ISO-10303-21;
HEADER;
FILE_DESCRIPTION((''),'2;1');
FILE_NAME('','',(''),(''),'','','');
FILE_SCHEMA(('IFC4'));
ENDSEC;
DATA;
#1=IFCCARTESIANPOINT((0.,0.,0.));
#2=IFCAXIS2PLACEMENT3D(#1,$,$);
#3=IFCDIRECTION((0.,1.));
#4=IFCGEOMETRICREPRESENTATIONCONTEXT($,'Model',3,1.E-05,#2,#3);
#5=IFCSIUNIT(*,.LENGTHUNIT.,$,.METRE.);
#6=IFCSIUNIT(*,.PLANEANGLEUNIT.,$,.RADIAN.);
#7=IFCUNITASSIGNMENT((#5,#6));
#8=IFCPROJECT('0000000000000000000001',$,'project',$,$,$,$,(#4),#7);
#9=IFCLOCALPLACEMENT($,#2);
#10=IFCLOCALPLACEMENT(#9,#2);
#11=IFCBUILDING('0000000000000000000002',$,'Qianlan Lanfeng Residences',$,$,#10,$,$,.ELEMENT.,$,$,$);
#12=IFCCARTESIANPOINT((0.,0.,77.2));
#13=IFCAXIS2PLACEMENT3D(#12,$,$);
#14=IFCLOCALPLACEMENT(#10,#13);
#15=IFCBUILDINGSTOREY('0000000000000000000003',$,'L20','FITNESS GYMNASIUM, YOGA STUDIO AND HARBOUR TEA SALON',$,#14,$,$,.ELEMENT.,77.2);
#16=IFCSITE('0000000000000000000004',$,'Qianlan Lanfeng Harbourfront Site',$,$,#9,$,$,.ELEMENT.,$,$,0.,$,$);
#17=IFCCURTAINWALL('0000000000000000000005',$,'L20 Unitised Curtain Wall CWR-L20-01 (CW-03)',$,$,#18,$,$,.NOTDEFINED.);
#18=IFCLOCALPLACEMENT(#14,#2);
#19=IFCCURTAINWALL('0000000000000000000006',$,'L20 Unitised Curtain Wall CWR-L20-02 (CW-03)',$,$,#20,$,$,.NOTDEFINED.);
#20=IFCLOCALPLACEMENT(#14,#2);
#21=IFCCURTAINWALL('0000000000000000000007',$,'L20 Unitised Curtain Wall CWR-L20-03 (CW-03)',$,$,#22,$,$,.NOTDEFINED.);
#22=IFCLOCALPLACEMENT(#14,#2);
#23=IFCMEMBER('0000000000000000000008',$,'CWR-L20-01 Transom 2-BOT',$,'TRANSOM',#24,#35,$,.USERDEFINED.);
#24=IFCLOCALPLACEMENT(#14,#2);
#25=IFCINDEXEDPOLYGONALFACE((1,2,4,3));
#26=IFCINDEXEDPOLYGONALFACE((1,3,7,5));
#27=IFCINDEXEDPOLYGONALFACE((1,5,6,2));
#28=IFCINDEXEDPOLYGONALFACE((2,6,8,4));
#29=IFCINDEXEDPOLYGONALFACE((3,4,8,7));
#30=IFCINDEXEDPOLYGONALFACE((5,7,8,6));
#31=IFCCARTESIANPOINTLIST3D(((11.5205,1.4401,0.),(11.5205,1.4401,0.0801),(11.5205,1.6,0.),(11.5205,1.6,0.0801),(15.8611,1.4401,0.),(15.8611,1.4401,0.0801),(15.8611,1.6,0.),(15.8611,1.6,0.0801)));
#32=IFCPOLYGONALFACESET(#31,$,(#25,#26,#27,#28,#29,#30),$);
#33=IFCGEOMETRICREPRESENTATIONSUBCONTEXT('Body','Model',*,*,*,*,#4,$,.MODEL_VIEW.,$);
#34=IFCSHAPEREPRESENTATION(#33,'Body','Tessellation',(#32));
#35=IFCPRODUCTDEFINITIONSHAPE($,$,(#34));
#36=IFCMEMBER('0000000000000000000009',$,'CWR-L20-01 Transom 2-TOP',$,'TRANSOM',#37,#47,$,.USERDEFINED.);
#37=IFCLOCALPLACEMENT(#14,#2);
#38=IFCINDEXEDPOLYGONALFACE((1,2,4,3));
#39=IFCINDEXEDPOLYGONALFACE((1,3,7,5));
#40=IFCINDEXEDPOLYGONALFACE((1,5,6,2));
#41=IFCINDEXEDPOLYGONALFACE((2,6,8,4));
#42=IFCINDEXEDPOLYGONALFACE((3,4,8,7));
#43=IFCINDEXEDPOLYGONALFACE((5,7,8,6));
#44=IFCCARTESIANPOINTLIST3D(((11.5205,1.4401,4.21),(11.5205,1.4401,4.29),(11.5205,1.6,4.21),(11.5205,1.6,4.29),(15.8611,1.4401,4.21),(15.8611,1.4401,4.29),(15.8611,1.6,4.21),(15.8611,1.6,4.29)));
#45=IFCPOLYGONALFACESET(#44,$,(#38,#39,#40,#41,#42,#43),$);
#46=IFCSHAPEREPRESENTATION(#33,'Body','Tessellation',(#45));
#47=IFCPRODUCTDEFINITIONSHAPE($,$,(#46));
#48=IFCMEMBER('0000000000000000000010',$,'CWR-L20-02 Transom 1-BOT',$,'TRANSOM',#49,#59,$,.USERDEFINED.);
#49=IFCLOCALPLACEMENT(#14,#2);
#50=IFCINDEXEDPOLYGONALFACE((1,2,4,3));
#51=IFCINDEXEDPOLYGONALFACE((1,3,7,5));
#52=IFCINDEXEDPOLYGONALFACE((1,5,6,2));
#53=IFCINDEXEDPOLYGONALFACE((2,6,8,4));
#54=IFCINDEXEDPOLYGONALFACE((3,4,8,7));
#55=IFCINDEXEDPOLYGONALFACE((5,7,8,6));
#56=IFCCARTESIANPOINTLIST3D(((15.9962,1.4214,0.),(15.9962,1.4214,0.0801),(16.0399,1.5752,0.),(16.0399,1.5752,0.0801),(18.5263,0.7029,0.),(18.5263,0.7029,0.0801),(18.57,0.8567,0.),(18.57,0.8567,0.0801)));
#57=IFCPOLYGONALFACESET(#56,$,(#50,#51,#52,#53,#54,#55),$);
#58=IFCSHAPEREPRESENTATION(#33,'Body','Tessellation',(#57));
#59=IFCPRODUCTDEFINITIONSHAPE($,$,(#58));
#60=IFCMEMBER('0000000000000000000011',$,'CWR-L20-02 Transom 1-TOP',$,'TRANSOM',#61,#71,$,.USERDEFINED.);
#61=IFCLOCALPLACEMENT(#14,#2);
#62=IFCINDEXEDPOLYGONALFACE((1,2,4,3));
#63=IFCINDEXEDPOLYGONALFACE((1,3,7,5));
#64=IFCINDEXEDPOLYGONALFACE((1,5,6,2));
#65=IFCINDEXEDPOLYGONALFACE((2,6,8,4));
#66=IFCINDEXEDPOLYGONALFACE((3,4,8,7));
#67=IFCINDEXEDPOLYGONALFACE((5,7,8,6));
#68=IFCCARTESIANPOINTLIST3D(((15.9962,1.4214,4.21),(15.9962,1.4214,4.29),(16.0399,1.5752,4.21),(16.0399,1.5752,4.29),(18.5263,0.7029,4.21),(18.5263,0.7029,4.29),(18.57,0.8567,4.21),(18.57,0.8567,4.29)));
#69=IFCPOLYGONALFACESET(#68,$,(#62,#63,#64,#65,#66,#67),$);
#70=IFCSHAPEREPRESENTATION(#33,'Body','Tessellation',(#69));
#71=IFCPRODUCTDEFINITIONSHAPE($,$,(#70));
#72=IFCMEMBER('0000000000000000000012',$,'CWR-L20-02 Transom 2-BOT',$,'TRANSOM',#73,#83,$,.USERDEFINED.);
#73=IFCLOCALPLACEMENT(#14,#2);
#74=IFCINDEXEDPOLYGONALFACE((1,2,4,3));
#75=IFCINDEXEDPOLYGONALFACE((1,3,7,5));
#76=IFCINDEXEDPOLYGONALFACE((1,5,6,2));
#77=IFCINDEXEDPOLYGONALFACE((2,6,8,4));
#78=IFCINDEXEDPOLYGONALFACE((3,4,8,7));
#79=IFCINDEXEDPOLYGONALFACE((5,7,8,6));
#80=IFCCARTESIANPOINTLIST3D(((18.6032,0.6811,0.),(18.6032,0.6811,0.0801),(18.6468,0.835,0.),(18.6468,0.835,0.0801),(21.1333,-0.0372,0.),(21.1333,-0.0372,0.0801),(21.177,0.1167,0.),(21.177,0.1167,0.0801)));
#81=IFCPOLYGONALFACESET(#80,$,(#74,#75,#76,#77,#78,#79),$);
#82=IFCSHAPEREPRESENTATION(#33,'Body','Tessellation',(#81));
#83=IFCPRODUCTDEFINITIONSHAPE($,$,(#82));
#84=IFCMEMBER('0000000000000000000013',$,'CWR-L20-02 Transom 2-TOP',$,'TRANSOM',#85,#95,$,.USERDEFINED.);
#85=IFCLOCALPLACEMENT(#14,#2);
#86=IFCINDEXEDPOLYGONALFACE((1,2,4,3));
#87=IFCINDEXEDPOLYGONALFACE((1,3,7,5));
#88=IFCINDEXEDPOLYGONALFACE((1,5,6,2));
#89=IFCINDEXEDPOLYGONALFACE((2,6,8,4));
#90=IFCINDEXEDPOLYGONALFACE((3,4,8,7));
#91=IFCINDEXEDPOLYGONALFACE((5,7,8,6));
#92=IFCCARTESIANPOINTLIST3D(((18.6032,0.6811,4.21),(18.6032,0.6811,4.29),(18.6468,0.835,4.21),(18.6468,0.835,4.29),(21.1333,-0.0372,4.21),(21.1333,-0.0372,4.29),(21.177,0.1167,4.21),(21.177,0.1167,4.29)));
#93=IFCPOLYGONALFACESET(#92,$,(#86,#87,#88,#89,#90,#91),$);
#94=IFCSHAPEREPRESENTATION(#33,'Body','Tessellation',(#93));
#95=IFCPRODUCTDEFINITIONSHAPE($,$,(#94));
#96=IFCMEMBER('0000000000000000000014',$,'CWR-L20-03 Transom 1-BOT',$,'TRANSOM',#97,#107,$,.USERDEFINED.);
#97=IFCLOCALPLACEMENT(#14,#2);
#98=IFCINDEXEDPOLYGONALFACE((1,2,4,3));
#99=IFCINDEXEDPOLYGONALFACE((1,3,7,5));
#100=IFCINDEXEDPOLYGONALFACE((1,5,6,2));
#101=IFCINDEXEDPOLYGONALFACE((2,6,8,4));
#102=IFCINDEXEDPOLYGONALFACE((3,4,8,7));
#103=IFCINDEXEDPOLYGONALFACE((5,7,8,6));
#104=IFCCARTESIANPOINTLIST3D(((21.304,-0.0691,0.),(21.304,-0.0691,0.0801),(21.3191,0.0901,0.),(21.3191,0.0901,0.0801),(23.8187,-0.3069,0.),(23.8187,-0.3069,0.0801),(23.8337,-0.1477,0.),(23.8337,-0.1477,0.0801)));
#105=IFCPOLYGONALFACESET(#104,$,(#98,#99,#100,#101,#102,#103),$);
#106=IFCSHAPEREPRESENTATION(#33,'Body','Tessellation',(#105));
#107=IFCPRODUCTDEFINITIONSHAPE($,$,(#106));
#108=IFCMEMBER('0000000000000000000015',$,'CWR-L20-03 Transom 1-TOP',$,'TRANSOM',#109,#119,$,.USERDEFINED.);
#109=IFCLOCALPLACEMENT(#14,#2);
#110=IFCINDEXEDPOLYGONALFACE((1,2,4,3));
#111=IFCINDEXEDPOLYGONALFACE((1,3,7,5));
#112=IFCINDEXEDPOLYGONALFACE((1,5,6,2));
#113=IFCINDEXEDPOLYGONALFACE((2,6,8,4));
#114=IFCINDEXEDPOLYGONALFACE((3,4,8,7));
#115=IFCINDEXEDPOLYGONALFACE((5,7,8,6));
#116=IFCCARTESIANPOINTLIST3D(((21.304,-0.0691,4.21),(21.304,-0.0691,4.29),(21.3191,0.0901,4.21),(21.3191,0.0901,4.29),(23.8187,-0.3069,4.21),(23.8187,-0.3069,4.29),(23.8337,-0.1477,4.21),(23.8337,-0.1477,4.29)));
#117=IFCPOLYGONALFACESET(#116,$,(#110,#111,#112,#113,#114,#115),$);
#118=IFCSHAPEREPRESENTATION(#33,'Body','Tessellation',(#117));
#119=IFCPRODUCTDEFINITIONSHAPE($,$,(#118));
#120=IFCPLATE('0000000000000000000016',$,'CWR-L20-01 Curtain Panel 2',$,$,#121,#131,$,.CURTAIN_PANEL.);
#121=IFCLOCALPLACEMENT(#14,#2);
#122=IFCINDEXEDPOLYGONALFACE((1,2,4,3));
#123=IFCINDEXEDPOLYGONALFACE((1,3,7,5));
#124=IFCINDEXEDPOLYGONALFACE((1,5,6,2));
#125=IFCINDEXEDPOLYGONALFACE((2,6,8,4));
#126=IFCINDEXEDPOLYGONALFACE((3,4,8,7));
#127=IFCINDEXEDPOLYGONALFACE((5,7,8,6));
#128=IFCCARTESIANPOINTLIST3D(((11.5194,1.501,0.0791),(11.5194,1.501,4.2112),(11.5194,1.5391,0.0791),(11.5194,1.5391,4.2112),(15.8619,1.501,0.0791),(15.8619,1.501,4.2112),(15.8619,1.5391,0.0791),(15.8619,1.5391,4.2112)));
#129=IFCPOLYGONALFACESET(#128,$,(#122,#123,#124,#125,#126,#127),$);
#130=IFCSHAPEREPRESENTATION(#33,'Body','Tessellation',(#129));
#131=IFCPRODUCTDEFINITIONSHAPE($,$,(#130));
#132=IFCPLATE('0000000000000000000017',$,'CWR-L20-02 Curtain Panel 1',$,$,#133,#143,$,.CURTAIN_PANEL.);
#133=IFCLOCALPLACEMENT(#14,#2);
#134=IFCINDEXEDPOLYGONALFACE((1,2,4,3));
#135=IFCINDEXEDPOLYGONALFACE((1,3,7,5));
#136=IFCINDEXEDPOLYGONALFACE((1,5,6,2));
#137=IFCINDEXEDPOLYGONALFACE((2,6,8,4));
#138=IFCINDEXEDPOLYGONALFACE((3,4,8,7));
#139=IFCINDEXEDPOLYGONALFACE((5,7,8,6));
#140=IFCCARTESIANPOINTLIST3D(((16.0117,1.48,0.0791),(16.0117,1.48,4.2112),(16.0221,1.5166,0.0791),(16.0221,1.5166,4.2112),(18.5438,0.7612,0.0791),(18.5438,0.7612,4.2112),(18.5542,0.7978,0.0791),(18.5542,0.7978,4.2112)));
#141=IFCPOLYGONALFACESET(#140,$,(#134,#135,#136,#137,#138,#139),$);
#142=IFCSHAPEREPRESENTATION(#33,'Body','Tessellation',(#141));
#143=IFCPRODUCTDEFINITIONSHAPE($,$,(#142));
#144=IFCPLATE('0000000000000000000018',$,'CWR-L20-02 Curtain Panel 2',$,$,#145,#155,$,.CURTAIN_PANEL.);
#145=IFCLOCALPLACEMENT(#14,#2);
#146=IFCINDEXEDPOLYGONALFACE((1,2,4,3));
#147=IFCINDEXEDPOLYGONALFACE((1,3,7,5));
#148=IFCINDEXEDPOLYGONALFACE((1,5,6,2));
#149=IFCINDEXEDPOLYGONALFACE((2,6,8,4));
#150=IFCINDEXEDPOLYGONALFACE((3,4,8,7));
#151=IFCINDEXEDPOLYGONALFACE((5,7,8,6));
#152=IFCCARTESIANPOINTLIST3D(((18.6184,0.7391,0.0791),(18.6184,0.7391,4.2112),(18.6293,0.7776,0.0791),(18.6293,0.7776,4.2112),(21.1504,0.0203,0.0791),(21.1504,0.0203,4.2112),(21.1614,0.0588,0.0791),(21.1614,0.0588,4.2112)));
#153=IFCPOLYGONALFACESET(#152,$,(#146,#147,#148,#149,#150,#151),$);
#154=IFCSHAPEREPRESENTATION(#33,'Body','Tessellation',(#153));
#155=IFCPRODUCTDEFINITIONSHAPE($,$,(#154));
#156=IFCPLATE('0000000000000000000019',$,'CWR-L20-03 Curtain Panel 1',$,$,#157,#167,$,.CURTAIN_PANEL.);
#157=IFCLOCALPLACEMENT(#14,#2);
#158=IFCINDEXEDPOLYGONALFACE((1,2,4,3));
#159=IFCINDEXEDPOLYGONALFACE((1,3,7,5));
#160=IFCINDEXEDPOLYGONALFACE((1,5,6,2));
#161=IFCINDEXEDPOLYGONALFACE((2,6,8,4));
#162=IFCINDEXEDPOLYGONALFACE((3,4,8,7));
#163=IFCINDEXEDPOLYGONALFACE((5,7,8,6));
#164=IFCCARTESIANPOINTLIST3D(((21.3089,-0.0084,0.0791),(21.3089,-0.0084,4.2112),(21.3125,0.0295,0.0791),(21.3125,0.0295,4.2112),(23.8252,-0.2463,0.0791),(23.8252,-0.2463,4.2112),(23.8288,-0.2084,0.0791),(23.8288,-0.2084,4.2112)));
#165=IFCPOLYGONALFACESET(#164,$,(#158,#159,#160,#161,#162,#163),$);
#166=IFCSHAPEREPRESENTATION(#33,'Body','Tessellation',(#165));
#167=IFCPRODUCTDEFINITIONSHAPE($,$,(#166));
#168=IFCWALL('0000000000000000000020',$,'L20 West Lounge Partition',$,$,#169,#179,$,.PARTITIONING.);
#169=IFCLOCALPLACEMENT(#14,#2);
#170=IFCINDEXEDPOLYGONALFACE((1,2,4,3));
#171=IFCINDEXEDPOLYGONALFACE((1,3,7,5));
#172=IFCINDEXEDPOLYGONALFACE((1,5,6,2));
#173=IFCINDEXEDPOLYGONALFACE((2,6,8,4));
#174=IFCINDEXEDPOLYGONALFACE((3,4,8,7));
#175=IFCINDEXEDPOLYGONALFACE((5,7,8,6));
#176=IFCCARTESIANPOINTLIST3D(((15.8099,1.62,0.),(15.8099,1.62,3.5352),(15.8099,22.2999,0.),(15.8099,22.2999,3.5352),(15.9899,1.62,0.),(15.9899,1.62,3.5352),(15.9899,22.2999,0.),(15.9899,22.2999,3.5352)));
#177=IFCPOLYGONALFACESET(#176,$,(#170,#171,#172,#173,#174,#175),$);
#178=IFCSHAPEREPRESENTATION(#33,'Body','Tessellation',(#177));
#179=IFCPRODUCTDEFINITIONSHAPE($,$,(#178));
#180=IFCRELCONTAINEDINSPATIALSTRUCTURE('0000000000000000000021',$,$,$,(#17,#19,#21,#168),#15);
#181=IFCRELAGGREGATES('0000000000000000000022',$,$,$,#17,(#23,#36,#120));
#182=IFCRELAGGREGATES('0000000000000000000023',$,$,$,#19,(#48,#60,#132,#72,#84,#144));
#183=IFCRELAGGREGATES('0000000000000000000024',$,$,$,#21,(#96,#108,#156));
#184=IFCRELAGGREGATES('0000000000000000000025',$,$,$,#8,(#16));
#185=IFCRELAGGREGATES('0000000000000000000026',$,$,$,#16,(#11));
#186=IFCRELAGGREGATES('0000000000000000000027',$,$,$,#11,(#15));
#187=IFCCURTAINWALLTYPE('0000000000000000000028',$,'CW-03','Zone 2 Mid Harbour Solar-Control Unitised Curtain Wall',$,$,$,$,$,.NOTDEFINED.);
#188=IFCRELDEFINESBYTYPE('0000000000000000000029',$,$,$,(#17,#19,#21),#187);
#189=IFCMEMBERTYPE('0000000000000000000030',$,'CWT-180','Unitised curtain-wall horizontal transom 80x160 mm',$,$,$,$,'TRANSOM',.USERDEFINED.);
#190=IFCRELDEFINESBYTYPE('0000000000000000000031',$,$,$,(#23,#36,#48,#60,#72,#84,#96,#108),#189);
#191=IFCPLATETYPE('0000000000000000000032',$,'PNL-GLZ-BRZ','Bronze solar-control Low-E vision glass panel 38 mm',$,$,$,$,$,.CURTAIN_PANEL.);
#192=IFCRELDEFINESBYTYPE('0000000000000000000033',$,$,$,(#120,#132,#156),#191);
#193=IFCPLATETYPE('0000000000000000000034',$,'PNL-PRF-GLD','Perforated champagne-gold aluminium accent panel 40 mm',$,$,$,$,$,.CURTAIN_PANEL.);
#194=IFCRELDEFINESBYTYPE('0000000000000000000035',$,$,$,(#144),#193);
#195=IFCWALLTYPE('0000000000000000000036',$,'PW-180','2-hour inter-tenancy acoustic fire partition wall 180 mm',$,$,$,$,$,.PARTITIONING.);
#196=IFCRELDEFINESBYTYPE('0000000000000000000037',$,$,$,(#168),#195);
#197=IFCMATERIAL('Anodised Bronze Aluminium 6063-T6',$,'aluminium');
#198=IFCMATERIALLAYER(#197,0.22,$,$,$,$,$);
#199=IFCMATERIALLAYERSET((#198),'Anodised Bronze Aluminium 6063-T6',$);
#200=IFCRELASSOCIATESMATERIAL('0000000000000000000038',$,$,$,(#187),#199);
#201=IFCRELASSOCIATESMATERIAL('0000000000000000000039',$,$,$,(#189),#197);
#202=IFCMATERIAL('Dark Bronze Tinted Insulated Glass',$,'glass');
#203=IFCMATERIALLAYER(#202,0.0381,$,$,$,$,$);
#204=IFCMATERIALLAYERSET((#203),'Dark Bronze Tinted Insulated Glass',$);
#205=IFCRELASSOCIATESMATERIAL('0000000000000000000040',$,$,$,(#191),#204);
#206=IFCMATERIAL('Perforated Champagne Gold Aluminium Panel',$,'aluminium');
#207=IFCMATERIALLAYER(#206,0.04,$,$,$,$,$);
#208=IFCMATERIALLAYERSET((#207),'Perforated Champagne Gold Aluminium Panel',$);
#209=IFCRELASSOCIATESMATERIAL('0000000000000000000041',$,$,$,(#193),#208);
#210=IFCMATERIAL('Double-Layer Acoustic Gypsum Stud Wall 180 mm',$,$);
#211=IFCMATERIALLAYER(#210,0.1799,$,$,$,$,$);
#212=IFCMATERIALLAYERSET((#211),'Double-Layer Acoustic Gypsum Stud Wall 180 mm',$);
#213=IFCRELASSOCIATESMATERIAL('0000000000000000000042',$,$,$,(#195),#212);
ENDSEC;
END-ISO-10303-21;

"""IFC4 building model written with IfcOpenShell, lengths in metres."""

from ifc_helpers import new_model, si_unit, direction, frame, frame_2d, origin, origin_2d, place, context, subcontext, project, spatial, rectangle, extrude, source, transform, mapped, material, layer, layer_set, material_profile, profile_set, type_object, element, aggregate, save


model = new_model("IFC4")

# Units and contexts
model_context = context("Model", 3, precision=1e-05, world=origin(), true_north=direction((0.0, 1.0)))
body_context = subcontext(model_context, "Body", "Model", "MODEL_VIEW")
ifc_project = project(units=[si_unit("LENGTHUNIT", "METRE"), si_unit("PLANEANGLEUNIT", "RADIAN")], contexts=[model_context])

# Site, building, storey
site_placement = place(None, origin())
site = spatial("IfcSite", under=ifc_project, at=site_placement, Name="Qianlan Lanfeng Harbourfront Site", CompositionType="ELEMENT", RefElevation=0.0)
building_placement = place(site_placement, origin())
building = spatial("IfcBuilding", under=site, at=building_placement, Name="Qianlan Lanfeng Residences", CompositionType="ELEMENT")
storey_placement = place(building_placement, frame((0.0, 0.0, 77.2)))
storey = spatial("IfcBuildingStorey", under=building, at=storey_placement, Name="L20", Description="FITNESS GYMNASIUM, YOGA STUDIO AND HARBOUR TEA SALON", CompositionType="ELEMENT", Elevation=77.2)

# Curtain walls
ifc_material_1 = material(Name="Anodised Bronze Aluminium 6063-T6", Category="aluminium")
ifc_layer_1 = layer(ifc_material_1, 0.22)
ifc_layer_set_1 = layer_set([ifc_layer_1], Name="Anodised Bronze Aluminium 6063-T6")
curtain_wall_type = type_object("IfcCurtainWallType", Name="CW-03", Description="Zone 2 Mid Harbour Solar-Control Unitised Curtain Wall", PredefinedType="NOTDEFINED", material=ifc_layer_set_1)
curtain_wall_1_placement = place(storey_placement, origin())
curtain_wall_1 = element("IfcCurtainWall", 1, at=curtain_wall_1_placement, inside=storey, type_object=curtain_wall_type, Name="L20 Unitised Curtain Wall CWR-L20-01 (CW-03)", PredefinedType="NOTDEFINED")
curtain_wall_2_placement = place(storey_placement, origin())
curtain_wall_2 = element("IfcCurtainWall", 2, at=curtain_wall_2_placement, inside=storey, type_object=curtain_wall_type, Name="L20 Unitised Curtain Wall CWR-L20-02 (CW-03)", PredefinedType="NOTDEFINED")

# Curtain wall
curtain_wall_3_placement = place(storey_placement, origin())
curtain_wall_3 = element("IfcCurtainWall", 3, at=curtain_wall_3_placement, inside=storey, type_object=curtain_wall_type, Name="L20 Unitised Curtain Wall CWR-L20-03 (CW-03)", PredefinedType="NOTDEFINED")

# Members
ifc_material_profile_1 = material_profile(ifc_material_1, rectangle(XDim=0.0801, YDim=0.1599, at=origin_2d()), Name="ALU TRANSOM 80x160")
ifc_profile_set_1 = profile_set([ifc_material_profile_1], Name="Anodised Bronze Aluminium 6063-T6")
member_type_1 = type_object("IfcMemberType", Name="CWT-180", Description="Unitised curtain-wall horizontal transom 80x160 mm", ElementType="TRANSOM", PredefinedType="USERDEFINED", material=ifc_profile_set_1)
shared_shape_1 = source(origin(), body_context, "Body", "SweptSolid", [
    extrude(rectangle(XDim=0.0801, YDim=0.1599, at=origin_2d()), origin(), (0.0, 0.0, 1.0), 4.3406),
])
member_1_placement = place(storey_placement, frame((11.5205, 1.52, 0.04), z_axis=(1.0, 0.0, 0.0), x_axis=(0.0, 0.0, 1.0)))
member_1 = element("IfcMember", 4, at=member_1_placement, type_object=member_type_1, Name="CWR-L20-01 Transom 2-BOT", ObjectType="TRANSOM", PredefinedType="USERDEFINED", context=body_context, shape_type="MappedRepresentation", body=[
    mapped(shared_shape_1, transform((0.0, 0.0, 0.0), scale=1.0)),
])
member_2_placement = place(storey_placement, frame((11.5205, 1.52, 4.25), z_axis=(1.0, 0.0, 0.0), x_axis=(0.0, 0.0, 1.0)))
member_2 = element("IfcMember", 5, at=member_2_placement, type_object=member_type_1, Name="CWR-L20-01 Transom 2-TOP", ObjectType="TRANSOM", PredefinedType="USERDEFINED", context=body_context, shape_type="MappedRepresentation", body=[
    mapped(shared_shape_1, transform((0.0, 0.0, 0.0), scale=1.0)),
])
shared_shape_2 = source(origin(), body_context, "Body", "SweptSolid", [
    extrude(rectangle(XDim=0.0801, YDim=0.1599, at=origin_2d()), origin(), (0.0, 0.0, 1.0), 2.6301),
])
member_3_placement = place(storey_placement, frame((16.0181, 1.4983, 0.04), z_axis=(0.961961, -0.273188, 0.0), x_axis=(0.0, 0.0, 1.0)))
member_3 = element("IfcMember", 6, at=member_3_placement, type_object=member_type_1, Name="CWR-L20-02 Transom 1-BOT", ObjectType="TRANSOM", PredefinedType="USERDEFINED", context=body_context, shape_type="MappedRepresentation", body=[
    mapped(shared_shape_2, transform((0.0, 0.0, 0.0), scale=1.0)),
])
member_4_placement = place(storey_placement, frame((16.0181, 1.4983, 4.25), z_axis=(0.961961, -0.273188, 0.0), x_axis=(0.0, 0.0, 1.0)))
member_4 = element("IfcMember", 7, at=member_4_placement, type_object=member_type_1, Name="CWR-L20-02 Transom 1-TOP", ObjectType="TRANSOM", PredefinedType="USERDEFINED", context=body_context, shape_type="MappedRepresentation", body=[
    mapped(shared_shape_2, transform((0.0, 0.0, 0.0), scale=1.0)),
])
member_5_placement = place(storey_placement, frame((18.625, 0.7581, 0.04), z_axis=(0.961985, -0.273102, 0.0), x_axis=(0.0, 0.0, 1.0)))
member_5 = element("IfcMember", 8, at=member_5_placement, type_object=member_type_1, Name="CWR-L20-02 Transom 2-BOT", ObjectType="TRANSOM", PredefinedType="USERDEFINED", context=body_context, shape_type="MappedRepresentation", body=[
    mapped(shared_shape_2, transform((0.0, 0.0, 0.0), scale=1.0)),
])
member_6_placement = place(storey_placement, frame((18.625, 0.7581, 4.25), z_axis=(0.961985, -0.273102, 0.0), x_axis=(0.0, 0.0, 1.0)))
member_6 = element("IfcMember", 9, at=member_6_placement, type_object=member_type_1, Name="CWR-L20-02 Transom 2-TOP", ObjectType="TRANSOM", PredefinedType="USERDEFINED", context=body_context, shape_type="MappedRepresentation", body=[
    mapped(shared_shape_2, transform((0.0, 0.0, 0.0), scale=1.0)),
])
shared_shape_3 = source(origin(), body_context, "Body", "SweptSolid", [
    extrude(rectangle(XDim=0.0801, YDim=0.1599, at=origin_2d()), origin(), (0.0, 0.0, 1.0), 2.5259),
])
member_7_placement = place(storey_placement, frame((21.3115, 0.0105, 0.04), z_axis=(0.995559, -0.094143, 0.0), x_axis=(0.0, 0.0, 1.0)))
member_7 = element("IfcMember", 10, at=member_7_placement, type_object=member_type_1, Name="CWR-L20-03 Transom 1-BOT", ObjectType="TRANSOM", PredefinedType="USERDEFINED", context=body_context, shape_type="MappedRepresentation", body=[
    mapped(shared_shape_3, transform((0.0, 0.0, 0.0), scale=1.0)),
])
member_8_placement = place(storey_placement, frame((21.3115, 0.0105, 4.25), z_axis=(0.995559, -0.094143, 0.0), x_axis=(0.0, 0.0, 1.0)))
member_8 = element("IfcMember", 11, at=member_8_placement, type_object=member_type_1, Name="CWR-L20-03 Transom 1-TOP", ObjectType="TRANSOM", PredefinedType="USERDEFINED", context=body_context, shape_type="MappedRepresentation", body=[
    mapped(shared_shape_3, transform((0.0, 0.0, 0.0), scale=1.0)),
])

# Plates
ifc_material_2 = material(Name="Dark Bronze Tinted Insulated Glass", Category="glass")
ifc_layer_2 = layer(ifc_material_2, 0.0381)
ifc_layer_set_2 = layer_set([ifc_layer_2], Name="Dark Bronze Tinted Insulated Glass")
plate_type_1 = type_object("IfcPlateType", Name="PNL-GLZ-BRZ", Description="Bronze solar-control Low-E vision glass panel 38 mm", PredefinedType="CURTAIN_PANEL", material=ifc_layer_set_2)
shared_shape_4 = source(origin(), body_context, "Body", "SweptSolid", [
    extrude(rectangle(XDim=4.3425, YDim=0.0381, at=origin_2d()), origin(), (0.0, 0.0, 1.0), 4.1321),
])
plate_1_placement = place(storey_placement, frame((13.6907, 1.52, 0.0791), z_axis=(0.0, 0.0, 1.0), x_axis=(1.0, 0.0, 0.0)))
plate_1 = element("IfcPlate", 12, at=plate_1_placement, type_object=plate_type_1, Name="CWR-L20-01 Curtain Panel 2", PredefinedType="CURTAIN_PANEL", context=body_context, shape_type="MappedRepresentation", body=[
    mapped(shared_shape_4, transform((0.0, 0.0, 0.0), scale=1.0)),
])
aggregate(curtain_wall_1, [member_1, member_2, plate_1])
shared_shape_5 = source(origin(), body_context, "Body", "SweptSolid", [
    extrude(rectangle(XDim=2.6321, YDim=0.0381, at=origin_2d()), origin(), (0.0, 0.0, 1.0), 4.1321),
])
plate_2_placement = place(storey_placement, frame((17.283, 1.1389, 0.0791), z_axis=(0.0, 0.0, 1.0), x_axis=(0.961989, -0.273088, 0.0)))
plate_2 = element("IfcPlate", 13, at=plate_2_placement, type_object=plate_type_1, Name="CWR-L20-02 Curtain Panel 1", PredefinedType="CURTAIN_PANEL", context=body_context, shape_type="MappedRepresentation", body=[
    mapped(shared_shape_5, transform((0.0, 0.0, 0.0), scale=1.0)),
])
ifc_material_3 = material(Name="Perforated Champagne Gold Aluminium Panel", Category="aluminium")
ifc_layer_3 = layer(ifc_material_3, 0.04)
ifc_layer_set_3 = layer_set([ifc_layer_3], Name="Perforated Champagne Gold Aluminium Panel")
plate_type_2 = type_object("IfcPlateType", Name="PNL-PRF-GLD", Description="Perforated champagne-gold aluminium accent panel 40 mm", PredefinedType="CURTAIN_PANEL", material=ifc_layer_set_3)
shared_shape_6 = source(origin(), body_context, "Body", "SweptSolid", [
    extrude(rectangle(XDim=2.6321, YDim=0.04, at=origin_2d()), origin(), (0.0, 0.0, 1.0), 4.1321),
])
plate_3_placement = place(storey_placement, frame((19.8899, 0.3989, 0.0791), z_axis=(0.0, 0.0, 1.0), x_axis=(0.961989, -0.273088, 0.0)))
plate_3 = element("IfcPlate", 14, at=plate_3_placement, type_object=plate_type_2, Name="CWR-L20-02 Curtain Panel 2", PredefinedType="CURTAIN_PANEL", context=body_context, shape_type="MappedRepresentation", body=[
    mapped(shared_shape_6, transform((0.0, 0.0, 0.0), scale=1.0)),
])
aggregate(curtain_wall_2, [member_3, member_4, plate_2, member_5, member_6, plate_3])
shared_shape_7 = source(origin(), body_context, "Body", "SweptSolid", [
    extrude(rectangle(XDim=2.5276, YDim=0.0381, at=origin_2d()), origin(), (0.0, 0.0, 1.0), 4.1321),
])
plate_4_placement = place(storey_placement, frame((22.5688, -0.1084, 0.0791), z_axis=(0.0, 0.0, 1.0), x_axis=(0.995561, -0.094114, 0.0)))
plate_4 = element("IfcPlate", 15, at=plate_4_placement, type_object=plate_type_1, Name="CWR-L20-03 Curtain Panel 1", PredefinedType="CURTAIN_PANEL", context=body_context, shape_type="MappedRepresentation", body=[
    mapped(shared_shape_7, transform((0.0, 0.0, 0.0), scale=1.0)),
])
aggregate(curtain_wall_3, [member_7, member_8, plate_4])

# Wall
ifc_material_4 = material(Name="Double-Layer Acoustic Gypsum Stud Wall 180 mm")
ifc_layer_4 = layer(ifc_material_4, 0.1799)
ifc_layer_set_4 = layer_set([ifc_layer_4], Name="Double-Layer Acoustic Gypsum Stud Wall 180 mm")
wall_type = type_object("IfcWallType", Name="PW-180", Description="2-hour inter-tenancy acoustic fire partition wall 180 mm", PredefinedType="PARTITIONING", material=ifc_layer_set_4)
wall_placement = place(storey_placement, frame((15.8999, 1.6201, 0.0), z_axis=(0.0, 0.0, 1.0), x_axis=(0.0, 1.0, 0.0)))
element("IfcWall", 16, at=wall_placement, inside=storey, type_object=wall_type, Name="L20 West Lounge Partition", PredefinedType="PARTITIONING", context=body_context, shape_type="SweptSolid", body=[
    extrude(rectangle(XDim=20.6799, YDim=0.1799, at=frame_2d((10.3398, 0.0))), origin(), (0.0, 0.0, 1.0), 3.5352),
])

save(model, "model.ifc")
